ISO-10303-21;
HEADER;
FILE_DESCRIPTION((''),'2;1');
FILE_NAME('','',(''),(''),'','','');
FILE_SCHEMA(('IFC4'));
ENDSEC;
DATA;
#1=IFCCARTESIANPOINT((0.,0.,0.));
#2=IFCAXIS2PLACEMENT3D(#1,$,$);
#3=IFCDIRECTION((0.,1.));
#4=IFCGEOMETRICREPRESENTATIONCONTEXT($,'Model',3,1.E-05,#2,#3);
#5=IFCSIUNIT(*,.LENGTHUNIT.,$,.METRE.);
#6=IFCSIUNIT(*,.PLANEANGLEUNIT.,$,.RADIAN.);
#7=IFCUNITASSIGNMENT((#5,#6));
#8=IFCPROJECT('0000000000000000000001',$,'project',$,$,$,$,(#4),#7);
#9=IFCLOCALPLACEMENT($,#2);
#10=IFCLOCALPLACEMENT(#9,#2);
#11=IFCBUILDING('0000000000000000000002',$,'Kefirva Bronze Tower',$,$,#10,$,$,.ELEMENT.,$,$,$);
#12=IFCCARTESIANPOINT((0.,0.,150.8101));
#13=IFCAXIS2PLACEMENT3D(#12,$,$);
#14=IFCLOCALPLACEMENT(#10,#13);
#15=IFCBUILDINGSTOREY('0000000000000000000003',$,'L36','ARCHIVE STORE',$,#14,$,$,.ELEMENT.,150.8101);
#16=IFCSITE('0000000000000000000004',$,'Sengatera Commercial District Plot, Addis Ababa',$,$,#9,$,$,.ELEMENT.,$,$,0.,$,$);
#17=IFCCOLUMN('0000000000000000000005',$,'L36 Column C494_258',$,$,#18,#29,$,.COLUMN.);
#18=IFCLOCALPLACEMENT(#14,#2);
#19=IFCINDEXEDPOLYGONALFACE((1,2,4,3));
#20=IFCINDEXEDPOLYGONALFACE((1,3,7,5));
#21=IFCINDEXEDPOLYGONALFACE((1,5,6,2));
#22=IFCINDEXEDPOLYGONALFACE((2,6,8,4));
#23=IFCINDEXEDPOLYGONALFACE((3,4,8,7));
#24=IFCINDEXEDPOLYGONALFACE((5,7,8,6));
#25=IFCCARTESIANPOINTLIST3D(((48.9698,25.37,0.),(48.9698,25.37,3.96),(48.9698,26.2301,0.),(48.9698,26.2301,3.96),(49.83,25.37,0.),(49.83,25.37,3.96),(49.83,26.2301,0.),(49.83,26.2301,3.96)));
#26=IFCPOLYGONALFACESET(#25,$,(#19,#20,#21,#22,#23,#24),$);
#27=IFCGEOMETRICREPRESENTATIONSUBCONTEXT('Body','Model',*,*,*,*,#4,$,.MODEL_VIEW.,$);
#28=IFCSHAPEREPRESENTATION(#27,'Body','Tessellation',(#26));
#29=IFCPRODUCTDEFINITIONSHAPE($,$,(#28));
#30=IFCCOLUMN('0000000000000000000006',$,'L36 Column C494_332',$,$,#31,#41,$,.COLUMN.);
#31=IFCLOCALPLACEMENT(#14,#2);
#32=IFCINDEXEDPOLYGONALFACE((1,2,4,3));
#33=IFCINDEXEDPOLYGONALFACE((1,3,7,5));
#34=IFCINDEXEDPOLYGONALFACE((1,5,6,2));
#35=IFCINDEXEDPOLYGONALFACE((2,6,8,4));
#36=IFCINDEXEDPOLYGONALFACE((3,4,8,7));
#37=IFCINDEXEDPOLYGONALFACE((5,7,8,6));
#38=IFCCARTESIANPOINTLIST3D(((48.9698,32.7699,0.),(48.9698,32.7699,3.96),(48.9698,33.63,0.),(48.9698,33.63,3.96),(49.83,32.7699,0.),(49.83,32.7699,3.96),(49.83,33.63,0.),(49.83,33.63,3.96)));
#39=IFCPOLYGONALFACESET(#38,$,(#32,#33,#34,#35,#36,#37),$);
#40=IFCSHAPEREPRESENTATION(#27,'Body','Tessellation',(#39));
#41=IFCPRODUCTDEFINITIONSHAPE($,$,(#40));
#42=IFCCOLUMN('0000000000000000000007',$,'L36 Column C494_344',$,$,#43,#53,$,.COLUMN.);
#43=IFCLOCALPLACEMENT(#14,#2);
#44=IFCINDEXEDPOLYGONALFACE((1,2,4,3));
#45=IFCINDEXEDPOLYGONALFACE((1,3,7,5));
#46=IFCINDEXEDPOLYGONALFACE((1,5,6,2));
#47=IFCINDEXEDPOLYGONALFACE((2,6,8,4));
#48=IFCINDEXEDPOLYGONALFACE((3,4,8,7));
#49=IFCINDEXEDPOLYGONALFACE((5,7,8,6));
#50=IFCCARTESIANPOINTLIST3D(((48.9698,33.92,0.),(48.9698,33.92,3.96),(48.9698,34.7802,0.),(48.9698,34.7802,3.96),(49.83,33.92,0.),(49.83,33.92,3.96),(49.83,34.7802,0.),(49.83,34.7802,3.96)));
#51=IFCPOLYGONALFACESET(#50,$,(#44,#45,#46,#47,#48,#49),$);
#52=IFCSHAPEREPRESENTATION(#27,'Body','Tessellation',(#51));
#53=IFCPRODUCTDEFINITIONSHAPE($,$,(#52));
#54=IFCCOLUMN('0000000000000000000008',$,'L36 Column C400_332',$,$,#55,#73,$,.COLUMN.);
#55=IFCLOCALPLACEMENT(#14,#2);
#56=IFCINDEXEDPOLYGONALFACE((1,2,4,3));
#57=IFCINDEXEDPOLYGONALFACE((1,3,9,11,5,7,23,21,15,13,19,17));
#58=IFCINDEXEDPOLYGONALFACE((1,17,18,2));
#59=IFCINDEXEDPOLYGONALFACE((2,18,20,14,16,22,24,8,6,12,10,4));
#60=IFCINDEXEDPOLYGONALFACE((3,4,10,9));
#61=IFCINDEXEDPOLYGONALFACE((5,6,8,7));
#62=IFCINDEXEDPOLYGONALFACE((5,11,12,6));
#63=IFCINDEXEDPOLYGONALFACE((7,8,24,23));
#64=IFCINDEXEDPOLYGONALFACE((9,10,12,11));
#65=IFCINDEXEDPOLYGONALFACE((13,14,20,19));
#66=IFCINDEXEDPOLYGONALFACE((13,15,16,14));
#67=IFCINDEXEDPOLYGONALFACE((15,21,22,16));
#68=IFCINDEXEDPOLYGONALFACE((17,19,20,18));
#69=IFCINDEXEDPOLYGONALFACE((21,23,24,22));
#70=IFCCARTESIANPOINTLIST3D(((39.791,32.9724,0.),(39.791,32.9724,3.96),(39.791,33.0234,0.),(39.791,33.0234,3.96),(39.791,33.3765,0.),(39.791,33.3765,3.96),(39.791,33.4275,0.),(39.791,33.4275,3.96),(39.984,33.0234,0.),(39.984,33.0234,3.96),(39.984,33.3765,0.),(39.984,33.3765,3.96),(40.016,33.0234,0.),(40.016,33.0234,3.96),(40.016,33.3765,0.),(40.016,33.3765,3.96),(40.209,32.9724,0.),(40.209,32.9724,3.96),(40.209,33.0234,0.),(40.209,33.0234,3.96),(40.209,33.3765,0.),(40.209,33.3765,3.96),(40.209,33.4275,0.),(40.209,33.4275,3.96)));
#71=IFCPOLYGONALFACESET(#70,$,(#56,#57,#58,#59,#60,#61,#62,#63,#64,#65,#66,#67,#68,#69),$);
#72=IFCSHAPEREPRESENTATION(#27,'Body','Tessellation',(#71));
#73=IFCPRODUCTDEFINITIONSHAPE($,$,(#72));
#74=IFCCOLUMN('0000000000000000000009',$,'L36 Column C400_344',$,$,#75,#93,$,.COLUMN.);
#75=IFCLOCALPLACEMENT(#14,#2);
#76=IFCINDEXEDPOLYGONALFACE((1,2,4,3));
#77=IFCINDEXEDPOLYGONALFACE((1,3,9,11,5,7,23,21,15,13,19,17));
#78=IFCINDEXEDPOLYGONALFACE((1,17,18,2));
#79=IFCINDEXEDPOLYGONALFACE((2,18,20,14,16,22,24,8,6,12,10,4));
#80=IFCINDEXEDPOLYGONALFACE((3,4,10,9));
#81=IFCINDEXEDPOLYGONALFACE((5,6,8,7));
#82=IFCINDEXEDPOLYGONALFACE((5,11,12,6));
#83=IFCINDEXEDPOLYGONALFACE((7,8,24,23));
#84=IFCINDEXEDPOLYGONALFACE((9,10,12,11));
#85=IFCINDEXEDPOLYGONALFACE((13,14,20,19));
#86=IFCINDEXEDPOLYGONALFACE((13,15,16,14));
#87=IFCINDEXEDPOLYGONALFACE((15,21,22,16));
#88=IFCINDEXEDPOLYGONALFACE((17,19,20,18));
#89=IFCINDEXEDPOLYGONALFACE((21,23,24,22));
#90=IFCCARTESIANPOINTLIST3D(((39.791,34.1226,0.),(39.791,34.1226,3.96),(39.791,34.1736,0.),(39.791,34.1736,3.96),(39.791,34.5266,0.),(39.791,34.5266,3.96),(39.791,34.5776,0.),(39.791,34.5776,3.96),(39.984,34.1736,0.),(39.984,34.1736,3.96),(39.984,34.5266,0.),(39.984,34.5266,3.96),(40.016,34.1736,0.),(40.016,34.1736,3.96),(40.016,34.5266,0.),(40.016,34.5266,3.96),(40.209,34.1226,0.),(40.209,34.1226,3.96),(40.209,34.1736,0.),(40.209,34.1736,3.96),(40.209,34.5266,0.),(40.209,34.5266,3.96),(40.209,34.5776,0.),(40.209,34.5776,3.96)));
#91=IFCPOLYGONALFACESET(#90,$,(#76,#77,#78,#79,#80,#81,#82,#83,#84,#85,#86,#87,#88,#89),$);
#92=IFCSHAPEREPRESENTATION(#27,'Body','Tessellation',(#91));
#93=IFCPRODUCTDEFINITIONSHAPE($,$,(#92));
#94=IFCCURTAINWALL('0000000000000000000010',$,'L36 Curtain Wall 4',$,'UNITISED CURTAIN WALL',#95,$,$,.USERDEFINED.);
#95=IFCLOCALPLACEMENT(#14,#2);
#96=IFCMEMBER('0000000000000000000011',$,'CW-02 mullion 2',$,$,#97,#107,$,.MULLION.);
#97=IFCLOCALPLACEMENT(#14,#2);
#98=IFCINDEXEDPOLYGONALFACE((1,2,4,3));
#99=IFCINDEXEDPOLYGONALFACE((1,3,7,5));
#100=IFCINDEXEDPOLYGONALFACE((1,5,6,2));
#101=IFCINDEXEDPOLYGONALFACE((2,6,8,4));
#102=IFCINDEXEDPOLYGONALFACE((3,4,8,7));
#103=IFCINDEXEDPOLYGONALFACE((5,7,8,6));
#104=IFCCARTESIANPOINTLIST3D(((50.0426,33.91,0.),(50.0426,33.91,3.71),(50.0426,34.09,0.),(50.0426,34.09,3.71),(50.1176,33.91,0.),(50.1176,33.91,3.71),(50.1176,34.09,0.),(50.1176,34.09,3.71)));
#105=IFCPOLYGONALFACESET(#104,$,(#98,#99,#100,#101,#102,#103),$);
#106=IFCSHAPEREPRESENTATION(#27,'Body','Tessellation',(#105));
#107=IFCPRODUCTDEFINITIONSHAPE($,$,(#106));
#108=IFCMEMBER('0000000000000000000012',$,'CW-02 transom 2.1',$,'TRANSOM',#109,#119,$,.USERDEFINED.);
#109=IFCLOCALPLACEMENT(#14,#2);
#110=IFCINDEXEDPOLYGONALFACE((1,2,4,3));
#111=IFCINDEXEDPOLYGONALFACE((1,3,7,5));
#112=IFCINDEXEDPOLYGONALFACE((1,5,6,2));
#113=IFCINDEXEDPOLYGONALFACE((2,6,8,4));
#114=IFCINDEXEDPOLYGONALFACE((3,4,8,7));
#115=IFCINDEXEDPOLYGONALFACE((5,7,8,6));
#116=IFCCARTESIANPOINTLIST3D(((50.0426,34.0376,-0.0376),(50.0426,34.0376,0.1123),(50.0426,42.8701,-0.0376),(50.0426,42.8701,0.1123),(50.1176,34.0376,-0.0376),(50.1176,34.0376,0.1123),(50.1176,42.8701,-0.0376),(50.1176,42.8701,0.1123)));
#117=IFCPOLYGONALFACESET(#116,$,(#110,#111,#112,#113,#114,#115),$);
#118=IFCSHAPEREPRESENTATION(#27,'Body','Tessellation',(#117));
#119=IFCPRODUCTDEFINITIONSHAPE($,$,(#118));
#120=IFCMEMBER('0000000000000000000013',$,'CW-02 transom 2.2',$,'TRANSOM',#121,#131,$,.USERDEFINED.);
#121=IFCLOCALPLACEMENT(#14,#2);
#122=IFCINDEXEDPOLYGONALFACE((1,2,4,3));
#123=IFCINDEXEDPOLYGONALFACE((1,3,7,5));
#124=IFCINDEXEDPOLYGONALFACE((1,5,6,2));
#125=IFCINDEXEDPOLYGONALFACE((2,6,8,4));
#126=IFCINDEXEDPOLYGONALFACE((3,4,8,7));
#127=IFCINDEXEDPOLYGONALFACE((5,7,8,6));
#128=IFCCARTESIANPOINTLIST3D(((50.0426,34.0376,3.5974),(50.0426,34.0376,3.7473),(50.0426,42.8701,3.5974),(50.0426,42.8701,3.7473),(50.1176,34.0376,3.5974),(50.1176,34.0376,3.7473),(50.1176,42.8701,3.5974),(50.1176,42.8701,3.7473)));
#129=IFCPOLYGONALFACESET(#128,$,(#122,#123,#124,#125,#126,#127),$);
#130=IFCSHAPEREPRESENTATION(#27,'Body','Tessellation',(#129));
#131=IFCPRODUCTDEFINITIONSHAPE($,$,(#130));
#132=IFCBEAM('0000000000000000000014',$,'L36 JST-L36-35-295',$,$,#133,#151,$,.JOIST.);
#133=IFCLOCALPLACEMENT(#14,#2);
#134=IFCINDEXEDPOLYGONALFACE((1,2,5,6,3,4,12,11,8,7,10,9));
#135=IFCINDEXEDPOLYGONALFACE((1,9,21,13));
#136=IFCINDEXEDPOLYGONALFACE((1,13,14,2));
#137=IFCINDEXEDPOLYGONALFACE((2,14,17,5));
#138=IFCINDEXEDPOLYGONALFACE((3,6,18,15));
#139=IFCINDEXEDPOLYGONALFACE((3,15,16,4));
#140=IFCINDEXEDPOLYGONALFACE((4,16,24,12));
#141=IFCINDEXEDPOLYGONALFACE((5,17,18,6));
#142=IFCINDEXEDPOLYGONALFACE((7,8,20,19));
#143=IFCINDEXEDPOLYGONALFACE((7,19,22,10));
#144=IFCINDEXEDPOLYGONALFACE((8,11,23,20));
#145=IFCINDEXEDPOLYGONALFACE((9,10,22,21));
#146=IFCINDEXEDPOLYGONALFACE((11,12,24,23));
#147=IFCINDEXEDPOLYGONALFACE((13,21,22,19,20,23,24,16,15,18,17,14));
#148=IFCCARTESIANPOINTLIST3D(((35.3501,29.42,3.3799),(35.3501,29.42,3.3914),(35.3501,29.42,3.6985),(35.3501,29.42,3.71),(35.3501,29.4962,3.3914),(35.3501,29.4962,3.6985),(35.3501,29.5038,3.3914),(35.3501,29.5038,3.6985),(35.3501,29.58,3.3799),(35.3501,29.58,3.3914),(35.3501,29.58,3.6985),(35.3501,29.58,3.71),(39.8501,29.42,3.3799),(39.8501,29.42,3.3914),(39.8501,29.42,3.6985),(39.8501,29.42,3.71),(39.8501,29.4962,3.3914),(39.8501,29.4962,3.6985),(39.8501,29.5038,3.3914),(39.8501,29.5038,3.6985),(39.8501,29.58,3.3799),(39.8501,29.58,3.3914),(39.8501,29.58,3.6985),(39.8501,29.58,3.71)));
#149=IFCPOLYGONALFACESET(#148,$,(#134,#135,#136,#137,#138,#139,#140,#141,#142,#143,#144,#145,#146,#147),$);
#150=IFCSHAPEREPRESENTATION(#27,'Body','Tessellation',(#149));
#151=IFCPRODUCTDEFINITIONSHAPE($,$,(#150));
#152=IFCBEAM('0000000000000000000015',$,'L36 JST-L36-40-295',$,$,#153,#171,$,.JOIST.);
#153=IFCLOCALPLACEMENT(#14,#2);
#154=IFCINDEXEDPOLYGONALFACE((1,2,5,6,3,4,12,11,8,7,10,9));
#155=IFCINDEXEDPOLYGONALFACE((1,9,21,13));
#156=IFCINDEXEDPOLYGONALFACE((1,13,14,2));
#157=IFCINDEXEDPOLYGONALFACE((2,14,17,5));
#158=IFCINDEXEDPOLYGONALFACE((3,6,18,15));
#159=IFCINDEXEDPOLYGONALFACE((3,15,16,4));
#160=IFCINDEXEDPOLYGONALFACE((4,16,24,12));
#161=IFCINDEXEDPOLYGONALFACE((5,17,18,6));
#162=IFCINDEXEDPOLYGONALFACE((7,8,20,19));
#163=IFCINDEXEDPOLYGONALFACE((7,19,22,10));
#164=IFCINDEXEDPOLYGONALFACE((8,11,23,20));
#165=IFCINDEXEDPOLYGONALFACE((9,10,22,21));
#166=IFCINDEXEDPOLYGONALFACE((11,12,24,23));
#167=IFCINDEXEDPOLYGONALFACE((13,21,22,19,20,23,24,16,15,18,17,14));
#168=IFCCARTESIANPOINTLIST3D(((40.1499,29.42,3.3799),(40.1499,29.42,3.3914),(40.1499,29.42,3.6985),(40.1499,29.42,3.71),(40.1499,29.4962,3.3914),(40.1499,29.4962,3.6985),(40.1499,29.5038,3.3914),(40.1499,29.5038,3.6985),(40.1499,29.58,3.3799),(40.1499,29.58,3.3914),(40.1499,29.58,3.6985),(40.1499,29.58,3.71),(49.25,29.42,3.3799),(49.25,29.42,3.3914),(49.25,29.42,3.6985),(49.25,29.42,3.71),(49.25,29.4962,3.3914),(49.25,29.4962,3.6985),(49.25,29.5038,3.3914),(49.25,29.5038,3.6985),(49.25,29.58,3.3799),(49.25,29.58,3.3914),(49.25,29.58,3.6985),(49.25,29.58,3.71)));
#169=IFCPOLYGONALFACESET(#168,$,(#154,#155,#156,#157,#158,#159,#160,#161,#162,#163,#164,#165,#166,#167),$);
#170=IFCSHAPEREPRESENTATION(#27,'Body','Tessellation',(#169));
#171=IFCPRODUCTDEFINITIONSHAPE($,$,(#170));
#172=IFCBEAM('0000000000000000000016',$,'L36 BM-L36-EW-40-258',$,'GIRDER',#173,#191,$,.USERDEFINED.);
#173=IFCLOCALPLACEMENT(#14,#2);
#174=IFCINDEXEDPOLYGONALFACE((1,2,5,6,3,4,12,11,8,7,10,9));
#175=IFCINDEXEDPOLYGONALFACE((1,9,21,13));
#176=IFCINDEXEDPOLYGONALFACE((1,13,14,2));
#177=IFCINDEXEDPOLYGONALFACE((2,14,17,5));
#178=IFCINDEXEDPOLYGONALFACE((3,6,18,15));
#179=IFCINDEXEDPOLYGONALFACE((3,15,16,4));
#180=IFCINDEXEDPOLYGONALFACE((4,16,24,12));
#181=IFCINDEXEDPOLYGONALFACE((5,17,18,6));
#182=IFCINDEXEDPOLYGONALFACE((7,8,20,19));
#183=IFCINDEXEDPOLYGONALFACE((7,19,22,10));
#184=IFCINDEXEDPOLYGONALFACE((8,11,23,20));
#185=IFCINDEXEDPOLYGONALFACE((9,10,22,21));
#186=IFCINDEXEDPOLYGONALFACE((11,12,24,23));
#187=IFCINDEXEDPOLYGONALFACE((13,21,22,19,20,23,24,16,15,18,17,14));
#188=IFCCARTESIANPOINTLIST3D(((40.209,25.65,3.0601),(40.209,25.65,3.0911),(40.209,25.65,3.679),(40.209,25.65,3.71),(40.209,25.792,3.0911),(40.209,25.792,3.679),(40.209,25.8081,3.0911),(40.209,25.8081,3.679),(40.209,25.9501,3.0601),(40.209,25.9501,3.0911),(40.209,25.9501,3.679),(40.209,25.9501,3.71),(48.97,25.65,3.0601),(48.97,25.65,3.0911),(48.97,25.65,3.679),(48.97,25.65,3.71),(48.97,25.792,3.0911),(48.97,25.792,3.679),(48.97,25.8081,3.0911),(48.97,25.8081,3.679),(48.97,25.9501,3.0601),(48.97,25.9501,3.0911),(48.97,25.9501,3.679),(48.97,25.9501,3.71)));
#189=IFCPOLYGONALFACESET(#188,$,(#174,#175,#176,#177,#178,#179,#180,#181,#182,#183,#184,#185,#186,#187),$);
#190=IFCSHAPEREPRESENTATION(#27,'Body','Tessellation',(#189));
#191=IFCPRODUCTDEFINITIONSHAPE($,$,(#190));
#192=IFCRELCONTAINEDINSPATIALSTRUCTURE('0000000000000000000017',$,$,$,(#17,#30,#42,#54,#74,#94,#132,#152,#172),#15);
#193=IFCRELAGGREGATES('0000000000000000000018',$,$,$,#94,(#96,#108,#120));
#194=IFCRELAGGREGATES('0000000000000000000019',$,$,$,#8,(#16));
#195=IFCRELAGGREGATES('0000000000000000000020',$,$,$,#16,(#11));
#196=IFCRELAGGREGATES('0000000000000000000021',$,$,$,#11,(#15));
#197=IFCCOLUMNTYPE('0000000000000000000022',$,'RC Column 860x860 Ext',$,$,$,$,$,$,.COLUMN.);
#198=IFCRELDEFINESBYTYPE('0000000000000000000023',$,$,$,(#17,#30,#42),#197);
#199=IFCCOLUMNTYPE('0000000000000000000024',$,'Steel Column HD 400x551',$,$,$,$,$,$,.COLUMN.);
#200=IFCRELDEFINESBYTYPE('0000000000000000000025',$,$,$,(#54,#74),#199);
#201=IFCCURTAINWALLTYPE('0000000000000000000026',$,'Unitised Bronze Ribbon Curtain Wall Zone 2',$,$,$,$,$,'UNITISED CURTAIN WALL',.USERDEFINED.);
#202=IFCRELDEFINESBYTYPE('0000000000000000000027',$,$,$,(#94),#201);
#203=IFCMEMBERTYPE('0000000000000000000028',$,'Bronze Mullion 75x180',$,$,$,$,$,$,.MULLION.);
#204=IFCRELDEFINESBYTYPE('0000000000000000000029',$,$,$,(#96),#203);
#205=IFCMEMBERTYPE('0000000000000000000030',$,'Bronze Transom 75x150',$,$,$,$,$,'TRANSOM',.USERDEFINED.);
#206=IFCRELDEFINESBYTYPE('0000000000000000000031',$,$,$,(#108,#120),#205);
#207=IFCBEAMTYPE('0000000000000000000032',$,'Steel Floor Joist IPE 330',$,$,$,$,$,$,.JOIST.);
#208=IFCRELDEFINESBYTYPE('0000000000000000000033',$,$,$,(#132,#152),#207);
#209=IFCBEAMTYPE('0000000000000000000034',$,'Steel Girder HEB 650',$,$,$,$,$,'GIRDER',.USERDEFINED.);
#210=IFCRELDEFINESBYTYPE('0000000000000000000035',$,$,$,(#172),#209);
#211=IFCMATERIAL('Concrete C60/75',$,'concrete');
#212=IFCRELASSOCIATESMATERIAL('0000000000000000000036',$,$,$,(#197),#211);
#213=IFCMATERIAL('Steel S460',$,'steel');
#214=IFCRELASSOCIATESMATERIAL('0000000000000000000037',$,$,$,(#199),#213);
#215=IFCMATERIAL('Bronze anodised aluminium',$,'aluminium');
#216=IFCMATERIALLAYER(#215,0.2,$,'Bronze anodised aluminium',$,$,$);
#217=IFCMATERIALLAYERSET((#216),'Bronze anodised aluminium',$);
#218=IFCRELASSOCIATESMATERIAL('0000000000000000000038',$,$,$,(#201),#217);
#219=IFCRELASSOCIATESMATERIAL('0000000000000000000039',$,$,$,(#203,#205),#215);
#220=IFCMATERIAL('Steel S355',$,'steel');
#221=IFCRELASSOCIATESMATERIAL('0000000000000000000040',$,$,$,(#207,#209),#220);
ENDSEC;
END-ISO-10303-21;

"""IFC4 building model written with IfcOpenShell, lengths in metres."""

from ifc_helpers import new_model, si_unit, direction, frame, origin, origin_2d, place, context, subcontext, project, spatial, rectangle, i_section, extrude, material, layer, layer_set, material_profile, profile_set, type_object, element, aggregate, save


model = new_model("IFC4")

# Units and contexts
model_context = context("Model", 3, precision=1e-05, world=origin(), true_north=direction((0.0, 1.0)))
body_context = subcontext(model_context, "Body", "Model", "MODEL_VIEW")
ifc_project = project(units=[si_unit("LENGTHUNIT", "METRE"), si_unit("PLANEANGLEUNIT", "RADIAN")], contexts=[model_context])

# Site, building, storey
site_placement = place(None, origin())
site = spatial("IfcSite", under=ifc_project, at=site_placement, Name="Sengatera Commercial District Plot, Addis Ababa", CompositionType="ELEMENT", RefElevation=0.0)
building_placement = place(site_placement, origin())
building = spatial("IfcBuilding", under=site, at=building_placement, Name="Kefirva Bronze Tower", CompositionType="ELEMENT")
storey_placement = place(building_placement, frame((0.0, 0.0, 150.8101)))
storey = spatial("IfcBuildingStorey", under=building, at=storey_placement, Name="L36", Description="ARCHIVE STORE", CompositionType="ELEMENT", Elevation=150.8101)

# Columns
ifc_material_1 = material(Name="Concrete C60/75", Category="concrete")
ifc_material_profile_1 = material_profile(ifc_material_1, rectangle(XDim=0.8601, YDim=0.8601, at=origin_2d()), Name="RC 860x860")
ifc_profile_set_1 = profile_set([ifc_material_profile_1], Name="Concrete C60/75")
column_type_1 = type_object("IfcColumnType", Name="RC Column 860x860 Ext", PredefinedType="COLUMN", material=ifc_profile_set_1)
for number, where, z_axis, x_axis, name in (
    (1, (49.3999, 25.8, 0.0), (0.0, 0.0, 1.0), (1.0, 0.0, 0.0), "L36 Column C494_258"),
    (2, (49.3999, 33.2, 0.0), (0.0, 0.0, 1.0), (1.0, 0.0, 0.0), "L36 Column C494_332"),
    (3, (49.3999, 34.3501, 0.0), (0.0, 0.0, 1.0), (1.0, 0.0, 0.0), "L36 Column C494_344"),
):
    element("IfcColumn", number, at=place(storey_placement, frame(where, z_axis=z_axis, x_axis=x_axis)), inside=storey, type_object=column_type_1, Name=name, PredefinedType="COLUMN", context=body_context, shape_type="SweptSolid", body=[
        extrude(rectangle(XDim=0.8601, YDim=0.8601, at=origin_2d()), origin(), (0.0, 0.0, 1.0), 3.96),
    ])
ifc_material_2 = material(Name="Steel S460", Category="steel")
ifc_material_profile_2 = material_profile(ifc_material_2, i_section(OverallWidth=0.418, OverallDepth=0.4551, WebThickness=0.032, FlangeThickness=0.051, at=origin_2d()), Name="HD 400x551")
ifc_profile_set_2 = profile_set([ifc_material_profile_2], Name="Steel S460")
column_type_2 = type_object("IfcColumnType", Name="Steel Column HD 400x551", PredefinedType="COLUMN", material=ifc_profile_set_2)
for number, where, z_axis, x_axis, name in (
    (4, (40.0, 33.2, 0.0), (0.0, 0.0, 1.0), (1.0, 0.0, 0.0), "L36 Column C400_332"),
    (5, (40.0, 34.3501, 0.0), (0.0, 0.0, 1.0), (1.0, 0.0, 0.0), "L36 Column C400_344"),
):
    element("IfcColumn", number, at=place(storey_placement, frame(where, z_axis=z_axis, x_axis=x_axis)), inside=storey, type_object=column_type_2, Name=name, PredefinedType="COLUMN", context=body_context, shape_type="SweptSolid", body=[
        extrude(i_section(OverallWidth=0.418, OverallDepth=0.4551, WebThickness=0.032, FlangeThickness=0.051, at=origin_2d()), origin(), (0.0, 0.0, 1.0), 3.96),
    ])

# Curtain wall, members
ifc_material_3 = material(Name="Bronze anodised aluminium", Category="aluminium")
ifc_layer_1 = layer(ifc_material_3, 0.2, Name="Bronze anodised aluminium")
ifc_layer_set_1 = layer_set([ifc_layer_1], Name="Bronze anodised aluminium")
curtain_wall_type = type_object("IfcCurtainWallType", Name="Unitised Bronze Ribbon Curtain Wall Zone 2", ElementType="UNITISED CURTAIN WALL", PredefinedType="USERDEFINED", material=ifc_layer_set_1)
curtain_wall_placement = place(storey_placement, origin())
curtain_wall = element("IfcCurtainWall", 6, at=curtain_wall_placement, inside=storey, type_object=curtain_wall_type, Name="L36 Curtain Wall 4", ObjectType="UNITISED CURTAIN WALL", PredefinedType="USERDEFINED")
ifc_material_profile_3 = material_profile(ifc_material_3, rectangle(XDim=0.075, YDim=0.1799, at=origin_2d()), Name="ALU 75x180")
ifc_profile_set_3 = profile_set([ifc_material_profile_3], Name="Bronze anodised aluminium")
member_type_1 = type_object("IfcMemberType", Name="Bronze Mullion 75x180", PredefinedType="MULLION", material=ifc_profile_set_3)
member_1_placement = place(storey_placement, frame((50.0801, 34.0, 0.0), z_axis=(0.0, 0.0, 1.0), x_axis=(-1.0, 0.0, 0.0)))
member_1 = element("IfcMember", 7, at=member_1_placement, type_object=member_type_1, Name="CW-02 mullion 2", PredefinedType="MULLION", context=body_context, shape_type="SweptSolid", body=[
    extrude(rectangle(XDim=0.075, YDim=0.1799, at=origin_2d()), origin(), (0.0, 0.0, 1.0), 3.71),
])
ifc_material_profile_4 = material_profile(ifc_material_3, rectangle(XDim=0.075, YDim=0.1499, at=origin_2d()), Name="ALU 75x150")
ifc_profile_set_4 = profile_set([ifc_material_profile_4], Name="Bronze anodised aluminium")
member_type_2 = type_object("IfcMemberType", Name="Bronze Transom 75x150", ElementType="TRANSOM", PredefinedType="USERDEFINED", material=ifc_profile_set_4)
member_2_placement = place(storey_placement, frame((50.0801, 34.0376, 0.0374), z_axis=(0.0, 1.0, 0.0), x_axis=(-1.0, 0.0, 0.0)))
member_2 = element("IfcMember", 8, at=member_2_placement, type_object=member_type_2, Name="CW-02 transom 2.1", ObjectType="TRANSOM", PredefinedType="USERDEFINED", context=body_context, shape_type="SweptSolid", body=[
    extrude(rectangle(XDim=0.075, YDim=0.1499, at=origin_2d()), origin(), (0.0, 0.0, 1.0), 8.8325),
])
member_3_placement = place(storey_placement, frame((50.0801, 34.0376, 3.6724), z_axis=(0.0, 1.0, 0.0), x_axis=(-1.0, 0.0, 0.0)))
member_3 = element("IfcMember", 9, at=member_3_placement, type_object=member_type_2, Name="CW-02 transom 2.2", ObjectType="TRANSOM", PredefinedType="USERDEFINED", context=body_context, shape_type="SweptSolid", body=[
    extrude(rectangle(XDim=0.075, YDim=0.1499, at=origin_2d()), origin(), (0.0, 0.0, 1.0), 8.8325),
])

# Beams
ifc_material_4 = material(Name="Steel S355", Category="steel")
ifc_material_profile_5 = material_profile(ifc_material_4, i_section(OverallWidth=0.1599, OverallDepth=0.3301, WebThickness=0.0076, FlangeThickness=0.0115, at=origin_2d()), Name="IPE 330")
ifc_profile_set_5 = profile_set([ifc_material_profile_5], Name="Steel S355")
beam_type_1 = type_object("IfcBeamType", Name="Steel Floor Joist IPE 330", PredefinedType="JOIST", material=ifc_profile_set_5)
beam_1_placement = place(storey_placement, frame((35.3501, 29.5, 3.5449), z_axis=(1.0, 0.0, 0.0), x_axis=(0.0, 1.0, 0.0)))
element("IfcBeam", 10, at=beam_1_placement, inside=storey, type_object=beam_type_1, Name="L36 JST-L36-35-295", PredefinedType="JOIST", context=body_context, shape_type="SweptSolid", body=[
    extrude(i_section(OverallWidth=0.1599, OverallDepth=0.3301, WebThickness=0.0076, FlangeThickness=0.0115, at=origin_2d()), origin(), (0.0, 0.0, 1.0), 4.5),
])
beam_2_placement = place(storey_placement, frame((40.1499, 29.5, 3.5449), z_axis=(1.0, 0.0, 0.0), x_axis=(0.0, 1.0, 0.0)))
element("IfcBeam", 11, at=beam_2_placement, inside=storey, type_object=beam_type_1, Name="L36 JST-L36-40-295", PredefinedType="JOIST", context=body_context, shape_type="SweptSolid", body=[
    extrude(i_section(OverallWidth=0.1599, OverallDepth=0.3301, WebThickness=0.0076, FlangeThickness=0.0115, at=origin_2d()), origin(), (0.0, 0.0, 1.0), 9.1001),
])
ifc_material_profile_6 = material_profile(ifc_material_4, i_section(OverallWidth=0.3, OverallDepth=0.6499, WebThickness=0.0161, FlangeThickness=0.031, at=origin_2d()), Name="HEB 650")
ifc_profile_set_6 = profile_set([ifc_material_profile_6], Name="Steel S355")
beam_type_2 = type_object("IfcBeamType", Name="Steel Girder HEB 650", ElementType="GIRDER", PredefinedType="USERDEFINED", material=ifc_profile_set_6)
beam_3_placement = place(storey_placement, frame((40.209, 25.8, 3.385), z_axis=(1.0, 0.0, 0.0), x_axis=(0.0, 1.0, 0.0)))
element("IfcBeam", 12, at=beam_3_placement, inside=storey, type_object=beam_type_2, Name="L36 BM-L36-EW-40-258", ObjectType="GIRDER", PredefinedType="USERDEFINED", context=body_context, shape_type="SweptSolid", body=[
    extrude(i_section(OverallWidth=0.3, OverallDepth=0.6499, WebThickness=0.0161, FlangeThickness=0.031, at=origin_2d()), origin(), (0.0, 0.0, 1.0), 8.761),
])

aggregate(curtain_wall, [member_1, member_2, member_3])

save(model, "model.ifc")
